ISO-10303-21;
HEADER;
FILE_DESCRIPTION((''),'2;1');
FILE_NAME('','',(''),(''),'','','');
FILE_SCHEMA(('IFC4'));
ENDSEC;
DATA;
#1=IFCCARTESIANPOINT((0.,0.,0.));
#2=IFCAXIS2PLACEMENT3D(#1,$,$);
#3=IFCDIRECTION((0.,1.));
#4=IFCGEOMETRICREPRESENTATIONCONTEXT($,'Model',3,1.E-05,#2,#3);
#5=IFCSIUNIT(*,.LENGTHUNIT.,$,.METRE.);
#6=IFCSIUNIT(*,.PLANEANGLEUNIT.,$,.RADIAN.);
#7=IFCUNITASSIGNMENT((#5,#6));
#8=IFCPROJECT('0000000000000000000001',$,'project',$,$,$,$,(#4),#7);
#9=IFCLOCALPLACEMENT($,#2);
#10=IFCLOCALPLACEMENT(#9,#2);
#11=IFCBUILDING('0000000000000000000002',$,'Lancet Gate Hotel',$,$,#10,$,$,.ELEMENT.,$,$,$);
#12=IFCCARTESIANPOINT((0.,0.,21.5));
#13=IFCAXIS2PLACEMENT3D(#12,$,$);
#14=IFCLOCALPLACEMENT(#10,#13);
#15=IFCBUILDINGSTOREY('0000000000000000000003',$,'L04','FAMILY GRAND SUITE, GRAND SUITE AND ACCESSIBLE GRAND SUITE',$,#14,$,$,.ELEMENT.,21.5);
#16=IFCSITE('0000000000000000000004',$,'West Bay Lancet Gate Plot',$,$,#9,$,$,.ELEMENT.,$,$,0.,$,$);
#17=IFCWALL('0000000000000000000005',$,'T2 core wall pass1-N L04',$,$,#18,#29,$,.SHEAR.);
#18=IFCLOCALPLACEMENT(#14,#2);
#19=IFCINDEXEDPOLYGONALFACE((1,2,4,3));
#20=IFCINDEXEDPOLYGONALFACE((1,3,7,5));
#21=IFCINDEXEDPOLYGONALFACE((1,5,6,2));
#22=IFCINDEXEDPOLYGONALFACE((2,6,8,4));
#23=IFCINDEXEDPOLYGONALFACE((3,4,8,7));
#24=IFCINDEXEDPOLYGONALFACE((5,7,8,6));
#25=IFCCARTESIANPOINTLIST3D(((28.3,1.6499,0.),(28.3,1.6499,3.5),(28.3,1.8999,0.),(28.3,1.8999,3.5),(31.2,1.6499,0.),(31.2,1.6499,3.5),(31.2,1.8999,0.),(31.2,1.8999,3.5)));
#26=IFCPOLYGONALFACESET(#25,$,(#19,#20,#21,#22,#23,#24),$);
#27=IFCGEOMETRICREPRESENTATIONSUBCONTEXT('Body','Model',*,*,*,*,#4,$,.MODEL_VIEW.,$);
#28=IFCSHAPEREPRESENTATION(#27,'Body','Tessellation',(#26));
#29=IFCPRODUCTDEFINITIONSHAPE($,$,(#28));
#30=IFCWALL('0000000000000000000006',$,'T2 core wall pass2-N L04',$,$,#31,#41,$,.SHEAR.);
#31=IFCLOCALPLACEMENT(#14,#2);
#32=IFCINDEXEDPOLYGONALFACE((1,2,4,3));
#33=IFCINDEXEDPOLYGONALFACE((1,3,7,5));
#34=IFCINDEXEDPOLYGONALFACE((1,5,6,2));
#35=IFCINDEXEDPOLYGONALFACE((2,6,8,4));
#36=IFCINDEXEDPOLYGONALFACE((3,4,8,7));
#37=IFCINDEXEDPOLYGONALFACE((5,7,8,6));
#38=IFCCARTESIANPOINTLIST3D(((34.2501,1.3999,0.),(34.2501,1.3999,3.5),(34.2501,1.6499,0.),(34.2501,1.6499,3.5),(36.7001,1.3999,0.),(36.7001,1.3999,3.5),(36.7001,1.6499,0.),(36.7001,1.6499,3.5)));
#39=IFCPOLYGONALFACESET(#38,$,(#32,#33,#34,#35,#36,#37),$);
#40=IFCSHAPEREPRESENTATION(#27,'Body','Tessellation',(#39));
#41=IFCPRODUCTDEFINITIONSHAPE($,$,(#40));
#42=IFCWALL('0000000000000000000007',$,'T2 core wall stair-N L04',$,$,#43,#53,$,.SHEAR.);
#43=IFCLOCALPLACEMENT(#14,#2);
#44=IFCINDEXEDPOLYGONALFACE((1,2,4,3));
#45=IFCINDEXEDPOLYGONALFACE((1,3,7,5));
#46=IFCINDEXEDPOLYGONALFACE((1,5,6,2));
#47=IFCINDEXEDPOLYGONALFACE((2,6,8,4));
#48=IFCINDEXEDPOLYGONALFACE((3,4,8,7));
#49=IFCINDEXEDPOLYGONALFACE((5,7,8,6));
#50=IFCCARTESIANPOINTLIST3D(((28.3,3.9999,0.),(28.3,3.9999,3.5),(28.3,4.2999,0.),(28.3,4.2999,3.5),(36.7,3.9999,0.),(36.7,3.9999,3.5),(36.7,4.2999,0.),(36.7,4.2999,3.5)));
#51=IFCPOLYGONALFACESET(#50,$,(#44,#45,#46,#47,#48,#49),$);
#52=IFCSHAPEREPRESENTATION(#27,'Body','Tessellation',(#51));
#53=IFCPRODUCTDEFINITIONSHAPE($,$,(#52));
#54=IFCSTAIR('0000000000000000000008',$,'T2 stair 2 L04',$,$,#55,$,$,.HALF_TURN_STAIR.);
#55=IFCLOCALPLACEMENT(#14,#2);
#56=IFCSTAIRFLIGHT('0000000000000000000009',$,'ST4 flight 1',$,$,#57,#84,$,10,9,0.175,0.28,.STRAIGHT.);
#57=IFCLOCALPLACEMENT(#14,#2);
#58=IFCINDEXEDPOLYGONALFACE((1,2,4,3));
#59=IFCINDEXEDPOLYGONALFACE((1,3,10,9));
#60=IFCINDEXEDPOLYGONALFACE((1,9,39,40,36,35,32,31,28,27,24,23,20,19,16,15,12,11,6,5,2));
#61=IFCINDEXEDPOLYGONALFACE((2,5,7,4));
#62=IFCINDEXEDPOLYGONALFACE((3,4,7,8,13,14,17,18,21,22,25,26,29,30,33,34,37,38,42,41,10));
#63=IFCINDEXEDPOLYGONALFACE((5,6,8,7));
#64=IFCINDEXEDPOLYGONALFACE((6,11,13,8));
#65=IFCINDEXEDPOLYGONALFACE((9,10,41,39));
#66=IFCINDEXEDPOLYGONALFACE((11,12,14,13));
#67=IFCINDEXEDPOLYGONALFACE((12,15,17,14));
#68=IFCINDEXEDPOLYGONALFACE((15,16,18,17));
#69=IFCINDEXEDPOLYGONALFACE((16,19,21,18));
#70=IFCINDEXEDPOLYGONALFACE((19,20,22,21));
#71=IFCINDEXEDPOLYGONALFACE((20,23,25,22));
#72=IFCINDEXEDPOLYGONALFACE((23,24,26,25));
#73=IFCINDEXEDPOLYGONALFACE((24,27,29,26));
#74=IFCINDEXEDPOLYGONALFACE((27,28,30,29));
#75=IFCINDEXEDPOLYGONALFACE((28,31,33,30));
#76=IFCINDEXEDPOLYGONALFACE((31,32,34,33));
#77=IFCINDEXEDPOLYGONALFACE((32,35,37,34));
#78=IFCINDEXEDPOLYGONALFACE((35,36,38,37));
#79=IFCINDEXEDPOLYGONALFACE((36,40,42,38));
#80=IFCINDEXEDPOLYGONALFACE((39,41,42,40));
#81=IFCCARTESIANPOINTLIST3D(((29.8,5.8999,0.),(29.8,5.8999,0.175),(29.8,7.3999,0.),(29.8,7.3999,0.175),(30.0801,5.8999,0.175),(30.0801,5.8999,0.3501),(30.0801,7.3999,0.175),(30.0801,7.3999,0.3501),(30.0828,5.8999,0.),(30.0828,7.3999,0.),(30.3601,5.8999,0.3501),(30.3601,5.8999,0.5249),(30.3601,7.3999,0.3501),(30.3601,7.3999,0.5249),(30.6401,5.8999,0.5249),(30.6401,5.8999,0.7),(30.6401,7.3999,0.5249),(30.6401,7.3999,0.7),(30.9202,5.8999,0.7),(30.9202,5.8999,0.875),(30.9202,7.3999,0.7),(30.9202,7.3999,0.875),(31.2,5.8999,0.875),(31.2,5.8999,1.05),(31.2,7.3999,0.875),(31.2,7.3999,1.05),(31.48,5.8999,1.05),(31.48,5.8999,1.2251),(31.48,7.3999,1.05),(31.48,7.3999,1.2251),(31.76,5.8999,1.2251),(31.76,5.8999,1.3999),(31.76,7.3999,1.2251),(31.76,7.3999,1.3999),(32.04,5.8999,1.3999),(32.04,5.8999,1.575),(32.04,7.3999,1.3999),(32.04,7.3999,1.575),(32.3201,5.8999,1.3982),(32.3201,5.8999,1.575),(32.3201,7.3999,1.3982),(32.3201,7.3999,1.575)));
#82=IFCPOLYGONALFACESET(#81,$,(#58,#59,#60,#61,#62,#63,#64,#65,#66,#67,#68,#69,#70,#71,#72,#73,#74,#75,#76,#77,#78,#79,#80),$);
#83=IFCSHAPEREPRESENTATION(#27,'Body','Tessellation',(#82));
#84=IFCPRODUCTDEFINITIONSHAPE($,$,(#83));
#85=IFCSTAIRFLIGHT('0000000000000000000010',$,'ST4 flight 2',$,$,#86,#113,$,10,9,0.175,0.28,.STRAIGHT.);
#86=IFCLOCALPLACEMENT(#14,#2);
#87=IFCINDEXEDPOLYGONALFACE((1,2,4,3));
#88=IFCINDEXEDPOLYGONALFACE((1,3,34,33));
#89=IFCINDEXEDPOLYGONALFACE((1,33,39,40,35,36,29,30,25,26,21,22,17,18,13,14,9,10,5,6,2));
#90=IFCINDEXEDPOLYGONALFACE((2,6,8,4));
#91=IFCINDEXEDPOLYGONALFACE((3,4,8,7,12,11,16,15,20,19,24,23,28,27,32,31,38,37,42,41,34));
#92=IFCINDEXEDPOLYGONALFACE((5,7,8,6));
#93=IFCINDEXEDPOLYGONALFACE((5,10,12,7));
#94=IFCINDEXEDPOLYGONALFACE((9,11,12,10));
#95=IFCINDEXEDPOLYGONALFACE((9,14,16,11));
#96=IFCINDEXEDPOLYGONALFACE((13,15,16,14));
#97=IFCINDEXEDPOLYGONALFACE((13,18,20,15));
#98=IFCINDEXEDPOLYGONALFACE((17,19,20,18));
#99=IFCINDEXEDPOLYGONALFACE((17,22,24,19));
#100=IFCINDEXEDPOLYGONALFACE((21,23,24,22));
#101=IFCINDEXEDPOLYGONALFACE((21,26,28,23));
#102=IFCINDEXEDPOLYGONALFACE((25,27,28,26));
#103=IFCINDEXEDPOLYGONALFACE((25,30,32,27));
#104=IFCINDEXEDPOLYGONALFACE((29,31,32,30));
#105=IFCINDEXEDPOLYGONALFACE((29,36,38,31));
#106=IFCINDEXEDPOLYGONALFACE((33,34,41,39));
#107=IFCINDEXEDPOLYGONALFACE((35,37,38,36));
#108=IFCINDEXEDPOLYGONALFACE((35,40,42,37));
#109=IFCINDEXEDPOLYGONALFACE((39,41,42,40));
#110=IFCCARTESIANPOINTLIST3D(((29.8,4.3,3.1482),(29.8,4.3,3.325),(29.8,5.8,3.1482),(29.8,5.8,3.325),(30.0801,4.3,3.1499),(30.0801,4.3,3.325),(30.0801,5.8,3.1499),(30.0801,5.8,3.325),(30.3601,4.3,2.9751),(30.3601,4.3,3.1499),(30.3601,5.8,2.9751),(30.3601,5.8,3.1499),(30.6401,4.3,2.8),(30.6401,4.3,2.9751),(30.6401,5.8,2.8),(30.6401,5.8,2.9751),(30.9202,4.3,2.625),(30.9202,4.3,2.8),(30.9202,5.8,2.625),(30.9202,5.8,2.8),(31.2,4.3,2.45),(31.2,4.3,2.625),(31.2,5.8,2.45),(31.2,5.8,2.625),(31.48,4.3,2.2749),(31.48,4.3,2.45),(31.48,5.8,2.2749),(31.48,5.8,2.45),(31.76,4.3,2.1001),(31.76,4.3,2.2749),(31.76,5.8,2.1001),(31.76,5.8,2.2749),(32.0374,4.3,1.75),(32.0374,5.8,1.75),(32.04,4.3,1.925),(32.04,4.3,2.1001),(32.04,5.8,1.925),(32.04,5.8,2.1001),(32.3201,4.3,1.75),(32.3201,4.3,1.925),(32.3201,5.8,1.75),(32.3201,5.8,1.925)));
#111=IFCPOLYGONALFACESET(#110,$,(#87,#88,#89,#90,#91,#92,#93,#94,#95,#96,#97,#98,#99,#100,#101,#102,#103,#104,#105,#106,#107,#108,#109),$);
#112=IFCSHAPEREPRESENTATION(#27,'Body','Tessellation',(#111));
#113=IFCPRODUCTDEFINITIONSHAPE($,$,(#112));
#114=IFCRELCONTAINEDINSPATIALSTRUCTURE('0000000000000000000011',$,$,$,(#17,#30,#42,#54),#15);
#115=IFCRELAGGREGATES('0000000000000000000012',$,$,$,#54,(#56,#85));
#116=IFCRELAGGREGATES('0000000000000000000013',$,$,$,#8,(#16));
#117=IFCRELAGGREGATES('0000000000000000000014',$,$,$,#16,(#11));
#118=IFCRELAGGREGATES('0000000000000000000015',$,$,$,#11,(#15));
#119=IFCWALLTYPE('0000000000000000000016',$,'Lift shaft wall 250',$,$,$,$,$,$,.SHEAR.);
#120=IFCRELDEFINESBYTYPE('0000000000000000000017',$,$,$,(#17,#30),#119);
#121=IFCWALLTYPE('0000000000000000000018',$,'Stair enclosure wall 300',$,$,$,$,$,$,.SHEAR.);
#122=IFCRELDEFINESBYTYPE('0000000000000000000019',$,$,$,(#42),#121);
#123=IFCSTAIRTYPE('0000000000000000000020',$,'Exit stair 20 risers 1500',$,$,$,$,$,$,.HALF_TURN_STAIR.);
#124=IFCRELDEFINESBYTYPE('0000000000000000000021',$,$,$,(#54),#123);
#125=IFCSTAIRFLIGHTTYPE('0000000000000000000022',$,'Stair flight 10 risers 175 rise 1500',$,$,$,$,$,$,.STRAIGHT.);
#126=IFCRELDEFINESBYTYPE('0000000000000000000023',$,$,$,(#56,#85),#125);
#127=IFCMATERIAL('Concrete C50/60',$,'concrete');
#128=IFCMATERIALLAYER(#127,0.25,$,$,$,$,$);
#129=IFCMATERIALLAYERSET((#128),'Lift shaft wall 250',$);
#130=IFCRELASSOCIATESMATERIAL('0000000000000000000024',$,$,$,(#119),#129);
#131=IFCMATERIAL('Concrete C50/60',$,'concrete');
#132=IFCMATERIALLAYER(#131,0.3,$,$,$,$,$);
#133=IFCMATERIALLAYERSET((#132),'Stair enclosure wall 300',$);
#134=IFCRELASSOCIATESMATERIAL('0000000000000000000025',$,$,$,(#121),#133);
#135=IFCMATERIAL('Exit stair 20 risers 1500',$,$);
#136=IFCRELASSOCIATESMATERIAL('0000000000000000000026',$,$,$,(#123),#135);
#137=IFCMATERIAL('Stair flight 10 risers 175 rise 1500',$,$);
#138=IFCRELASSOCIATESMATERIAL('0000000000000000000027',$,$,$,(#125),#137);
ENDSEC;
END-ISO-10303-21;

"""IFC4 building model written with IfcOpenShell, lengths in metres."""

from ifc_helpers import new_model, si_unit, direction, frame, frame_2d, origin, place, context, subcontext, project, spatial, polyline, rectangle, outline, extrude, material, layer, layer_set, type_object, element, aggregate, save


model = new_model("IFC4")

# Units and contexts
model_context = context("Model", 3, precision=1e-05, world=origin(), true_north=direction((0.0, 1.0)))
body_context = subcontext(model_context, "Body", "Model", "MODEL_VIEW")
ifc_project = project(units=[si_unit("LENGTHUNIT", "METRE"), si_unit("PLANEANGLEUNIT", "RADIAN")], contexts=[model_context])

# Site, building, storey
site_placement = place(None, origin())
site = spatial("IfcSite", under=ifc_project, at=site_placement, Name="West Bay Lancet Gate Plot", CompositionType="ELEMENT", RefElevation=0.0)
building_placement = place(site_placement, origin())
building = spatial("IfcBuilding", under=site, at=building_placement, Name="Lancet Gate Hotel", CompositionType="ELEMENT")
storey_placement = place(building_placement, frame((0.0, 0.0, 21.5)))
storey = spatial("IfcBuildingStorey", under=building, at=storey_placement, Name="L04", Description="FAMILY GRAND SUITE, GRAND SUITE AND ACCESSIBLE GRAND SUITE", CompositionType="ELEMENT", Elevation=21.5)

# Shared definitions
ifc_material_1 = material(Name="Concrete C50/60", Category="concrete")
ifc_layer_1 = layer(ifc_material_1, 0.25)
ifc_layer_set_1 = layer_set([ifc_layer_1], Name="Lift shaft wall 250")
wall_type_1 = type_object("IfcWallType", Name="Lift shaft wall 250", PredefinedType="SHEAR", material=ifc_layer_set_1)

# Walls
wall_1_placement = place(storey_placement, frame((28.3, 1.7749, 0.0), z_axis=(0.0, 0.0, 1.0), x_axis=(1.0, 0.0, 0.0)))
element("IfcWall", 1, at=wall_1_placement, inside=storey, type_object=wall_type_1, Name="T2 core wall pass1-N L04", PredefinedType="SHEAR", context=body_context, shape_type="SweptSolid", body=[
    extrude(rectangle(XDim=2.8999, YDim=0.25, at=frame_2d((1.45, 0.0))), origin(), (0.0, 0.0, 1.0), 3.5),
])
wall_2_placement = place(storey_placement, frame((34.25, 1.5249, 0.0), z_axis=(0.0, 0.0, 1.0), x_axis=(1.0, 0.0, 0.0)))
element("IfcWall", 2, at=wall_2_placement, inside=storey, type_object=wall_type_1, Name="T2 core wall pass2-N L04", PredefinedType="SHEAR", context=body_context, shape_type="SweptSolid", body=[
    extrude(rectangle(XDim=2.45, YDim=0.25, at=frame_2d((1.2251, 0.0))), origin(), (0.0, 0.0, 1.0), 3.5),
])
ifc_material_2 = material(Name="Concrete C50/60", Category="concrete")
ifc_layer_2 = layer(ifc_material_2, 0.3)
ifc_layer_set_2 = layer_set([ifc_layer_2], Name="Stair enclosure wall 300")
wall_type_2 = type_object("IfcWallType", Name="Stair enclosure wall 300", PredefinedType="SHEAR", material=ifc_layer_set_2)
wall_3_placement = place(storey_placement, frame((28.3, 4.1499, 0.0), z_axis=(0.0, 0.0, 1.0), x_axis=(1.0, 0.0, 0.0)))
element("IfcWall", 3, at=wall_3_placement, inside=storey, type_object=wall_type_2, Name="T2 core wall stair-N L04", PredefinedType="SHEAR", context=body_context, shape_type="SweptSolid", body=[
    extrude(rectangle(XDim=8.3999, YDim=0.3, at=frame_2d((4.2, 0.0))), origin(), (0.0, 0.0, 1.0), 3.5),
])

# Stair, stair flights
ifc_material_3 = material(Name="Exit stair 20 risers 1500")
stair_type = type_object("IfcStairType", Name="Exit stair 20 risers 1500", PredefinedType="HALF_TURN_STAIR", material=ifc_material_3)
stair_placement = place(storey_placement, origin())
stair = element("IfcStair", 4, at=stair_placement, inside=storey, type_object=stair_type, Name="T2 stair 2 L04", PredefinedType="HALF_TURN_STAIR")
ifc_material_4 = material(Name="Stair flight 10 risers 175 rise 1500")
stair_flight_type = type_object("IfcStairFlightType", Name="Stair flight 10 risers 175 rise 1500", PredefinedType="STRAIGHT", material=ifc_material_4)
stair_flight_1_placement = place(storey_placement, frame((29.8, 6.6499, 0.0), z_axis=(0.0, 0.0, 1.0), x_axis=(1.0, 0.0, 0.0)))
stair_flight_1 = element("IfcStairFlight", 5, at=stair_flight_1_placement, type_object=stair_flight_type, Name="ST4 flight 1", NumberOfRisers=10, NumberOfTreads=9, PredefinedType="STRAIGHT", RiserHeight=0.175, TreadLength=0.28, context=body_context, shape_type="SweptSolid", body=[
    extrude(outline(polyline([(0.0, 0.0), (0.0, 0.175), (0.28, 0.175), (0.28, 0.3501), (0.5601, 0.3501), (0.5601, 0.5249), (0.8401, 0.5249), (0.8401, 0.7), (1.1201, 0.7), (1.1201, 0.875), (1.3999, 0.875), (1.3999, 1.05), (1.6799, 1.05), (1.6799, 1.2251), (1.96, 1.2251), (1.96, 1.3999), (2.24, 1.3999), (2.24, 1.575), (2.52, 1.575), (2.52, 1.75), (2.52, 1.3982), (0.2827, 0.0), (0.0, 0.0)])), frame((0.0, 0.75, 0.0), z_axis=(0.0, -1.0, 0.0), x_axis=(1.0, 0.0, 0.0)), (0.0, 0.0, 1.0), 1.5),
])
stair_flight_2_placement = place(storey_placement, frame((32.3201, 5.05, 1.75), z_axis=(0.0, 0.0, 1.0), x_axis=(-1.0, 0.0, 0.0)))
stair_flight_2 = element("IfcStairFlight", 6, at=stair_flight_2_placement, type_object=stair_flight_type, Name="ST4 flight 2", NumberOfRisers=10, NumberOfTreads=9, PredefinedType="STRAIGHT", RiserHeight=0.175, TreadLength=0.28, context=body_context, shape_type="SweptSolid", body=[
    extrude(outline(polyline([(0.0, 0.0), (0.0, 0.175), (0.28, 0.175), (0.28, 0.3501), (0.5601, 0.3501), (0.5601, 0.5249), (0.8401, 0.5249), (0.8401, 0.7), (1.1201, 0.7), (1.1201, 0.875), (1.3999, 0.875), (1.3999, 1.05), (1.6799, 1.05), (1.6799, 1.2251), (1.96, 1.2251), (1.96, 1.3999), (2.24, 1.3999), (2.24, 1.575), (2.52, 1.575), (2.52, 1.75), (2.52, 1.3982), (0.2827, 0.0), (0.0, 0.0)])), frame((0.0, 0.75, 0.0), z_axis=(0.0, -1.0, 0.0), x_axis=(1.0, 0.0, 0.0)), (0.0, 0.0, 1.0), 1.5),
])
aggregate(stair, [stair_flight_1, stair_flight_2])

save(model, "model.ifc")
